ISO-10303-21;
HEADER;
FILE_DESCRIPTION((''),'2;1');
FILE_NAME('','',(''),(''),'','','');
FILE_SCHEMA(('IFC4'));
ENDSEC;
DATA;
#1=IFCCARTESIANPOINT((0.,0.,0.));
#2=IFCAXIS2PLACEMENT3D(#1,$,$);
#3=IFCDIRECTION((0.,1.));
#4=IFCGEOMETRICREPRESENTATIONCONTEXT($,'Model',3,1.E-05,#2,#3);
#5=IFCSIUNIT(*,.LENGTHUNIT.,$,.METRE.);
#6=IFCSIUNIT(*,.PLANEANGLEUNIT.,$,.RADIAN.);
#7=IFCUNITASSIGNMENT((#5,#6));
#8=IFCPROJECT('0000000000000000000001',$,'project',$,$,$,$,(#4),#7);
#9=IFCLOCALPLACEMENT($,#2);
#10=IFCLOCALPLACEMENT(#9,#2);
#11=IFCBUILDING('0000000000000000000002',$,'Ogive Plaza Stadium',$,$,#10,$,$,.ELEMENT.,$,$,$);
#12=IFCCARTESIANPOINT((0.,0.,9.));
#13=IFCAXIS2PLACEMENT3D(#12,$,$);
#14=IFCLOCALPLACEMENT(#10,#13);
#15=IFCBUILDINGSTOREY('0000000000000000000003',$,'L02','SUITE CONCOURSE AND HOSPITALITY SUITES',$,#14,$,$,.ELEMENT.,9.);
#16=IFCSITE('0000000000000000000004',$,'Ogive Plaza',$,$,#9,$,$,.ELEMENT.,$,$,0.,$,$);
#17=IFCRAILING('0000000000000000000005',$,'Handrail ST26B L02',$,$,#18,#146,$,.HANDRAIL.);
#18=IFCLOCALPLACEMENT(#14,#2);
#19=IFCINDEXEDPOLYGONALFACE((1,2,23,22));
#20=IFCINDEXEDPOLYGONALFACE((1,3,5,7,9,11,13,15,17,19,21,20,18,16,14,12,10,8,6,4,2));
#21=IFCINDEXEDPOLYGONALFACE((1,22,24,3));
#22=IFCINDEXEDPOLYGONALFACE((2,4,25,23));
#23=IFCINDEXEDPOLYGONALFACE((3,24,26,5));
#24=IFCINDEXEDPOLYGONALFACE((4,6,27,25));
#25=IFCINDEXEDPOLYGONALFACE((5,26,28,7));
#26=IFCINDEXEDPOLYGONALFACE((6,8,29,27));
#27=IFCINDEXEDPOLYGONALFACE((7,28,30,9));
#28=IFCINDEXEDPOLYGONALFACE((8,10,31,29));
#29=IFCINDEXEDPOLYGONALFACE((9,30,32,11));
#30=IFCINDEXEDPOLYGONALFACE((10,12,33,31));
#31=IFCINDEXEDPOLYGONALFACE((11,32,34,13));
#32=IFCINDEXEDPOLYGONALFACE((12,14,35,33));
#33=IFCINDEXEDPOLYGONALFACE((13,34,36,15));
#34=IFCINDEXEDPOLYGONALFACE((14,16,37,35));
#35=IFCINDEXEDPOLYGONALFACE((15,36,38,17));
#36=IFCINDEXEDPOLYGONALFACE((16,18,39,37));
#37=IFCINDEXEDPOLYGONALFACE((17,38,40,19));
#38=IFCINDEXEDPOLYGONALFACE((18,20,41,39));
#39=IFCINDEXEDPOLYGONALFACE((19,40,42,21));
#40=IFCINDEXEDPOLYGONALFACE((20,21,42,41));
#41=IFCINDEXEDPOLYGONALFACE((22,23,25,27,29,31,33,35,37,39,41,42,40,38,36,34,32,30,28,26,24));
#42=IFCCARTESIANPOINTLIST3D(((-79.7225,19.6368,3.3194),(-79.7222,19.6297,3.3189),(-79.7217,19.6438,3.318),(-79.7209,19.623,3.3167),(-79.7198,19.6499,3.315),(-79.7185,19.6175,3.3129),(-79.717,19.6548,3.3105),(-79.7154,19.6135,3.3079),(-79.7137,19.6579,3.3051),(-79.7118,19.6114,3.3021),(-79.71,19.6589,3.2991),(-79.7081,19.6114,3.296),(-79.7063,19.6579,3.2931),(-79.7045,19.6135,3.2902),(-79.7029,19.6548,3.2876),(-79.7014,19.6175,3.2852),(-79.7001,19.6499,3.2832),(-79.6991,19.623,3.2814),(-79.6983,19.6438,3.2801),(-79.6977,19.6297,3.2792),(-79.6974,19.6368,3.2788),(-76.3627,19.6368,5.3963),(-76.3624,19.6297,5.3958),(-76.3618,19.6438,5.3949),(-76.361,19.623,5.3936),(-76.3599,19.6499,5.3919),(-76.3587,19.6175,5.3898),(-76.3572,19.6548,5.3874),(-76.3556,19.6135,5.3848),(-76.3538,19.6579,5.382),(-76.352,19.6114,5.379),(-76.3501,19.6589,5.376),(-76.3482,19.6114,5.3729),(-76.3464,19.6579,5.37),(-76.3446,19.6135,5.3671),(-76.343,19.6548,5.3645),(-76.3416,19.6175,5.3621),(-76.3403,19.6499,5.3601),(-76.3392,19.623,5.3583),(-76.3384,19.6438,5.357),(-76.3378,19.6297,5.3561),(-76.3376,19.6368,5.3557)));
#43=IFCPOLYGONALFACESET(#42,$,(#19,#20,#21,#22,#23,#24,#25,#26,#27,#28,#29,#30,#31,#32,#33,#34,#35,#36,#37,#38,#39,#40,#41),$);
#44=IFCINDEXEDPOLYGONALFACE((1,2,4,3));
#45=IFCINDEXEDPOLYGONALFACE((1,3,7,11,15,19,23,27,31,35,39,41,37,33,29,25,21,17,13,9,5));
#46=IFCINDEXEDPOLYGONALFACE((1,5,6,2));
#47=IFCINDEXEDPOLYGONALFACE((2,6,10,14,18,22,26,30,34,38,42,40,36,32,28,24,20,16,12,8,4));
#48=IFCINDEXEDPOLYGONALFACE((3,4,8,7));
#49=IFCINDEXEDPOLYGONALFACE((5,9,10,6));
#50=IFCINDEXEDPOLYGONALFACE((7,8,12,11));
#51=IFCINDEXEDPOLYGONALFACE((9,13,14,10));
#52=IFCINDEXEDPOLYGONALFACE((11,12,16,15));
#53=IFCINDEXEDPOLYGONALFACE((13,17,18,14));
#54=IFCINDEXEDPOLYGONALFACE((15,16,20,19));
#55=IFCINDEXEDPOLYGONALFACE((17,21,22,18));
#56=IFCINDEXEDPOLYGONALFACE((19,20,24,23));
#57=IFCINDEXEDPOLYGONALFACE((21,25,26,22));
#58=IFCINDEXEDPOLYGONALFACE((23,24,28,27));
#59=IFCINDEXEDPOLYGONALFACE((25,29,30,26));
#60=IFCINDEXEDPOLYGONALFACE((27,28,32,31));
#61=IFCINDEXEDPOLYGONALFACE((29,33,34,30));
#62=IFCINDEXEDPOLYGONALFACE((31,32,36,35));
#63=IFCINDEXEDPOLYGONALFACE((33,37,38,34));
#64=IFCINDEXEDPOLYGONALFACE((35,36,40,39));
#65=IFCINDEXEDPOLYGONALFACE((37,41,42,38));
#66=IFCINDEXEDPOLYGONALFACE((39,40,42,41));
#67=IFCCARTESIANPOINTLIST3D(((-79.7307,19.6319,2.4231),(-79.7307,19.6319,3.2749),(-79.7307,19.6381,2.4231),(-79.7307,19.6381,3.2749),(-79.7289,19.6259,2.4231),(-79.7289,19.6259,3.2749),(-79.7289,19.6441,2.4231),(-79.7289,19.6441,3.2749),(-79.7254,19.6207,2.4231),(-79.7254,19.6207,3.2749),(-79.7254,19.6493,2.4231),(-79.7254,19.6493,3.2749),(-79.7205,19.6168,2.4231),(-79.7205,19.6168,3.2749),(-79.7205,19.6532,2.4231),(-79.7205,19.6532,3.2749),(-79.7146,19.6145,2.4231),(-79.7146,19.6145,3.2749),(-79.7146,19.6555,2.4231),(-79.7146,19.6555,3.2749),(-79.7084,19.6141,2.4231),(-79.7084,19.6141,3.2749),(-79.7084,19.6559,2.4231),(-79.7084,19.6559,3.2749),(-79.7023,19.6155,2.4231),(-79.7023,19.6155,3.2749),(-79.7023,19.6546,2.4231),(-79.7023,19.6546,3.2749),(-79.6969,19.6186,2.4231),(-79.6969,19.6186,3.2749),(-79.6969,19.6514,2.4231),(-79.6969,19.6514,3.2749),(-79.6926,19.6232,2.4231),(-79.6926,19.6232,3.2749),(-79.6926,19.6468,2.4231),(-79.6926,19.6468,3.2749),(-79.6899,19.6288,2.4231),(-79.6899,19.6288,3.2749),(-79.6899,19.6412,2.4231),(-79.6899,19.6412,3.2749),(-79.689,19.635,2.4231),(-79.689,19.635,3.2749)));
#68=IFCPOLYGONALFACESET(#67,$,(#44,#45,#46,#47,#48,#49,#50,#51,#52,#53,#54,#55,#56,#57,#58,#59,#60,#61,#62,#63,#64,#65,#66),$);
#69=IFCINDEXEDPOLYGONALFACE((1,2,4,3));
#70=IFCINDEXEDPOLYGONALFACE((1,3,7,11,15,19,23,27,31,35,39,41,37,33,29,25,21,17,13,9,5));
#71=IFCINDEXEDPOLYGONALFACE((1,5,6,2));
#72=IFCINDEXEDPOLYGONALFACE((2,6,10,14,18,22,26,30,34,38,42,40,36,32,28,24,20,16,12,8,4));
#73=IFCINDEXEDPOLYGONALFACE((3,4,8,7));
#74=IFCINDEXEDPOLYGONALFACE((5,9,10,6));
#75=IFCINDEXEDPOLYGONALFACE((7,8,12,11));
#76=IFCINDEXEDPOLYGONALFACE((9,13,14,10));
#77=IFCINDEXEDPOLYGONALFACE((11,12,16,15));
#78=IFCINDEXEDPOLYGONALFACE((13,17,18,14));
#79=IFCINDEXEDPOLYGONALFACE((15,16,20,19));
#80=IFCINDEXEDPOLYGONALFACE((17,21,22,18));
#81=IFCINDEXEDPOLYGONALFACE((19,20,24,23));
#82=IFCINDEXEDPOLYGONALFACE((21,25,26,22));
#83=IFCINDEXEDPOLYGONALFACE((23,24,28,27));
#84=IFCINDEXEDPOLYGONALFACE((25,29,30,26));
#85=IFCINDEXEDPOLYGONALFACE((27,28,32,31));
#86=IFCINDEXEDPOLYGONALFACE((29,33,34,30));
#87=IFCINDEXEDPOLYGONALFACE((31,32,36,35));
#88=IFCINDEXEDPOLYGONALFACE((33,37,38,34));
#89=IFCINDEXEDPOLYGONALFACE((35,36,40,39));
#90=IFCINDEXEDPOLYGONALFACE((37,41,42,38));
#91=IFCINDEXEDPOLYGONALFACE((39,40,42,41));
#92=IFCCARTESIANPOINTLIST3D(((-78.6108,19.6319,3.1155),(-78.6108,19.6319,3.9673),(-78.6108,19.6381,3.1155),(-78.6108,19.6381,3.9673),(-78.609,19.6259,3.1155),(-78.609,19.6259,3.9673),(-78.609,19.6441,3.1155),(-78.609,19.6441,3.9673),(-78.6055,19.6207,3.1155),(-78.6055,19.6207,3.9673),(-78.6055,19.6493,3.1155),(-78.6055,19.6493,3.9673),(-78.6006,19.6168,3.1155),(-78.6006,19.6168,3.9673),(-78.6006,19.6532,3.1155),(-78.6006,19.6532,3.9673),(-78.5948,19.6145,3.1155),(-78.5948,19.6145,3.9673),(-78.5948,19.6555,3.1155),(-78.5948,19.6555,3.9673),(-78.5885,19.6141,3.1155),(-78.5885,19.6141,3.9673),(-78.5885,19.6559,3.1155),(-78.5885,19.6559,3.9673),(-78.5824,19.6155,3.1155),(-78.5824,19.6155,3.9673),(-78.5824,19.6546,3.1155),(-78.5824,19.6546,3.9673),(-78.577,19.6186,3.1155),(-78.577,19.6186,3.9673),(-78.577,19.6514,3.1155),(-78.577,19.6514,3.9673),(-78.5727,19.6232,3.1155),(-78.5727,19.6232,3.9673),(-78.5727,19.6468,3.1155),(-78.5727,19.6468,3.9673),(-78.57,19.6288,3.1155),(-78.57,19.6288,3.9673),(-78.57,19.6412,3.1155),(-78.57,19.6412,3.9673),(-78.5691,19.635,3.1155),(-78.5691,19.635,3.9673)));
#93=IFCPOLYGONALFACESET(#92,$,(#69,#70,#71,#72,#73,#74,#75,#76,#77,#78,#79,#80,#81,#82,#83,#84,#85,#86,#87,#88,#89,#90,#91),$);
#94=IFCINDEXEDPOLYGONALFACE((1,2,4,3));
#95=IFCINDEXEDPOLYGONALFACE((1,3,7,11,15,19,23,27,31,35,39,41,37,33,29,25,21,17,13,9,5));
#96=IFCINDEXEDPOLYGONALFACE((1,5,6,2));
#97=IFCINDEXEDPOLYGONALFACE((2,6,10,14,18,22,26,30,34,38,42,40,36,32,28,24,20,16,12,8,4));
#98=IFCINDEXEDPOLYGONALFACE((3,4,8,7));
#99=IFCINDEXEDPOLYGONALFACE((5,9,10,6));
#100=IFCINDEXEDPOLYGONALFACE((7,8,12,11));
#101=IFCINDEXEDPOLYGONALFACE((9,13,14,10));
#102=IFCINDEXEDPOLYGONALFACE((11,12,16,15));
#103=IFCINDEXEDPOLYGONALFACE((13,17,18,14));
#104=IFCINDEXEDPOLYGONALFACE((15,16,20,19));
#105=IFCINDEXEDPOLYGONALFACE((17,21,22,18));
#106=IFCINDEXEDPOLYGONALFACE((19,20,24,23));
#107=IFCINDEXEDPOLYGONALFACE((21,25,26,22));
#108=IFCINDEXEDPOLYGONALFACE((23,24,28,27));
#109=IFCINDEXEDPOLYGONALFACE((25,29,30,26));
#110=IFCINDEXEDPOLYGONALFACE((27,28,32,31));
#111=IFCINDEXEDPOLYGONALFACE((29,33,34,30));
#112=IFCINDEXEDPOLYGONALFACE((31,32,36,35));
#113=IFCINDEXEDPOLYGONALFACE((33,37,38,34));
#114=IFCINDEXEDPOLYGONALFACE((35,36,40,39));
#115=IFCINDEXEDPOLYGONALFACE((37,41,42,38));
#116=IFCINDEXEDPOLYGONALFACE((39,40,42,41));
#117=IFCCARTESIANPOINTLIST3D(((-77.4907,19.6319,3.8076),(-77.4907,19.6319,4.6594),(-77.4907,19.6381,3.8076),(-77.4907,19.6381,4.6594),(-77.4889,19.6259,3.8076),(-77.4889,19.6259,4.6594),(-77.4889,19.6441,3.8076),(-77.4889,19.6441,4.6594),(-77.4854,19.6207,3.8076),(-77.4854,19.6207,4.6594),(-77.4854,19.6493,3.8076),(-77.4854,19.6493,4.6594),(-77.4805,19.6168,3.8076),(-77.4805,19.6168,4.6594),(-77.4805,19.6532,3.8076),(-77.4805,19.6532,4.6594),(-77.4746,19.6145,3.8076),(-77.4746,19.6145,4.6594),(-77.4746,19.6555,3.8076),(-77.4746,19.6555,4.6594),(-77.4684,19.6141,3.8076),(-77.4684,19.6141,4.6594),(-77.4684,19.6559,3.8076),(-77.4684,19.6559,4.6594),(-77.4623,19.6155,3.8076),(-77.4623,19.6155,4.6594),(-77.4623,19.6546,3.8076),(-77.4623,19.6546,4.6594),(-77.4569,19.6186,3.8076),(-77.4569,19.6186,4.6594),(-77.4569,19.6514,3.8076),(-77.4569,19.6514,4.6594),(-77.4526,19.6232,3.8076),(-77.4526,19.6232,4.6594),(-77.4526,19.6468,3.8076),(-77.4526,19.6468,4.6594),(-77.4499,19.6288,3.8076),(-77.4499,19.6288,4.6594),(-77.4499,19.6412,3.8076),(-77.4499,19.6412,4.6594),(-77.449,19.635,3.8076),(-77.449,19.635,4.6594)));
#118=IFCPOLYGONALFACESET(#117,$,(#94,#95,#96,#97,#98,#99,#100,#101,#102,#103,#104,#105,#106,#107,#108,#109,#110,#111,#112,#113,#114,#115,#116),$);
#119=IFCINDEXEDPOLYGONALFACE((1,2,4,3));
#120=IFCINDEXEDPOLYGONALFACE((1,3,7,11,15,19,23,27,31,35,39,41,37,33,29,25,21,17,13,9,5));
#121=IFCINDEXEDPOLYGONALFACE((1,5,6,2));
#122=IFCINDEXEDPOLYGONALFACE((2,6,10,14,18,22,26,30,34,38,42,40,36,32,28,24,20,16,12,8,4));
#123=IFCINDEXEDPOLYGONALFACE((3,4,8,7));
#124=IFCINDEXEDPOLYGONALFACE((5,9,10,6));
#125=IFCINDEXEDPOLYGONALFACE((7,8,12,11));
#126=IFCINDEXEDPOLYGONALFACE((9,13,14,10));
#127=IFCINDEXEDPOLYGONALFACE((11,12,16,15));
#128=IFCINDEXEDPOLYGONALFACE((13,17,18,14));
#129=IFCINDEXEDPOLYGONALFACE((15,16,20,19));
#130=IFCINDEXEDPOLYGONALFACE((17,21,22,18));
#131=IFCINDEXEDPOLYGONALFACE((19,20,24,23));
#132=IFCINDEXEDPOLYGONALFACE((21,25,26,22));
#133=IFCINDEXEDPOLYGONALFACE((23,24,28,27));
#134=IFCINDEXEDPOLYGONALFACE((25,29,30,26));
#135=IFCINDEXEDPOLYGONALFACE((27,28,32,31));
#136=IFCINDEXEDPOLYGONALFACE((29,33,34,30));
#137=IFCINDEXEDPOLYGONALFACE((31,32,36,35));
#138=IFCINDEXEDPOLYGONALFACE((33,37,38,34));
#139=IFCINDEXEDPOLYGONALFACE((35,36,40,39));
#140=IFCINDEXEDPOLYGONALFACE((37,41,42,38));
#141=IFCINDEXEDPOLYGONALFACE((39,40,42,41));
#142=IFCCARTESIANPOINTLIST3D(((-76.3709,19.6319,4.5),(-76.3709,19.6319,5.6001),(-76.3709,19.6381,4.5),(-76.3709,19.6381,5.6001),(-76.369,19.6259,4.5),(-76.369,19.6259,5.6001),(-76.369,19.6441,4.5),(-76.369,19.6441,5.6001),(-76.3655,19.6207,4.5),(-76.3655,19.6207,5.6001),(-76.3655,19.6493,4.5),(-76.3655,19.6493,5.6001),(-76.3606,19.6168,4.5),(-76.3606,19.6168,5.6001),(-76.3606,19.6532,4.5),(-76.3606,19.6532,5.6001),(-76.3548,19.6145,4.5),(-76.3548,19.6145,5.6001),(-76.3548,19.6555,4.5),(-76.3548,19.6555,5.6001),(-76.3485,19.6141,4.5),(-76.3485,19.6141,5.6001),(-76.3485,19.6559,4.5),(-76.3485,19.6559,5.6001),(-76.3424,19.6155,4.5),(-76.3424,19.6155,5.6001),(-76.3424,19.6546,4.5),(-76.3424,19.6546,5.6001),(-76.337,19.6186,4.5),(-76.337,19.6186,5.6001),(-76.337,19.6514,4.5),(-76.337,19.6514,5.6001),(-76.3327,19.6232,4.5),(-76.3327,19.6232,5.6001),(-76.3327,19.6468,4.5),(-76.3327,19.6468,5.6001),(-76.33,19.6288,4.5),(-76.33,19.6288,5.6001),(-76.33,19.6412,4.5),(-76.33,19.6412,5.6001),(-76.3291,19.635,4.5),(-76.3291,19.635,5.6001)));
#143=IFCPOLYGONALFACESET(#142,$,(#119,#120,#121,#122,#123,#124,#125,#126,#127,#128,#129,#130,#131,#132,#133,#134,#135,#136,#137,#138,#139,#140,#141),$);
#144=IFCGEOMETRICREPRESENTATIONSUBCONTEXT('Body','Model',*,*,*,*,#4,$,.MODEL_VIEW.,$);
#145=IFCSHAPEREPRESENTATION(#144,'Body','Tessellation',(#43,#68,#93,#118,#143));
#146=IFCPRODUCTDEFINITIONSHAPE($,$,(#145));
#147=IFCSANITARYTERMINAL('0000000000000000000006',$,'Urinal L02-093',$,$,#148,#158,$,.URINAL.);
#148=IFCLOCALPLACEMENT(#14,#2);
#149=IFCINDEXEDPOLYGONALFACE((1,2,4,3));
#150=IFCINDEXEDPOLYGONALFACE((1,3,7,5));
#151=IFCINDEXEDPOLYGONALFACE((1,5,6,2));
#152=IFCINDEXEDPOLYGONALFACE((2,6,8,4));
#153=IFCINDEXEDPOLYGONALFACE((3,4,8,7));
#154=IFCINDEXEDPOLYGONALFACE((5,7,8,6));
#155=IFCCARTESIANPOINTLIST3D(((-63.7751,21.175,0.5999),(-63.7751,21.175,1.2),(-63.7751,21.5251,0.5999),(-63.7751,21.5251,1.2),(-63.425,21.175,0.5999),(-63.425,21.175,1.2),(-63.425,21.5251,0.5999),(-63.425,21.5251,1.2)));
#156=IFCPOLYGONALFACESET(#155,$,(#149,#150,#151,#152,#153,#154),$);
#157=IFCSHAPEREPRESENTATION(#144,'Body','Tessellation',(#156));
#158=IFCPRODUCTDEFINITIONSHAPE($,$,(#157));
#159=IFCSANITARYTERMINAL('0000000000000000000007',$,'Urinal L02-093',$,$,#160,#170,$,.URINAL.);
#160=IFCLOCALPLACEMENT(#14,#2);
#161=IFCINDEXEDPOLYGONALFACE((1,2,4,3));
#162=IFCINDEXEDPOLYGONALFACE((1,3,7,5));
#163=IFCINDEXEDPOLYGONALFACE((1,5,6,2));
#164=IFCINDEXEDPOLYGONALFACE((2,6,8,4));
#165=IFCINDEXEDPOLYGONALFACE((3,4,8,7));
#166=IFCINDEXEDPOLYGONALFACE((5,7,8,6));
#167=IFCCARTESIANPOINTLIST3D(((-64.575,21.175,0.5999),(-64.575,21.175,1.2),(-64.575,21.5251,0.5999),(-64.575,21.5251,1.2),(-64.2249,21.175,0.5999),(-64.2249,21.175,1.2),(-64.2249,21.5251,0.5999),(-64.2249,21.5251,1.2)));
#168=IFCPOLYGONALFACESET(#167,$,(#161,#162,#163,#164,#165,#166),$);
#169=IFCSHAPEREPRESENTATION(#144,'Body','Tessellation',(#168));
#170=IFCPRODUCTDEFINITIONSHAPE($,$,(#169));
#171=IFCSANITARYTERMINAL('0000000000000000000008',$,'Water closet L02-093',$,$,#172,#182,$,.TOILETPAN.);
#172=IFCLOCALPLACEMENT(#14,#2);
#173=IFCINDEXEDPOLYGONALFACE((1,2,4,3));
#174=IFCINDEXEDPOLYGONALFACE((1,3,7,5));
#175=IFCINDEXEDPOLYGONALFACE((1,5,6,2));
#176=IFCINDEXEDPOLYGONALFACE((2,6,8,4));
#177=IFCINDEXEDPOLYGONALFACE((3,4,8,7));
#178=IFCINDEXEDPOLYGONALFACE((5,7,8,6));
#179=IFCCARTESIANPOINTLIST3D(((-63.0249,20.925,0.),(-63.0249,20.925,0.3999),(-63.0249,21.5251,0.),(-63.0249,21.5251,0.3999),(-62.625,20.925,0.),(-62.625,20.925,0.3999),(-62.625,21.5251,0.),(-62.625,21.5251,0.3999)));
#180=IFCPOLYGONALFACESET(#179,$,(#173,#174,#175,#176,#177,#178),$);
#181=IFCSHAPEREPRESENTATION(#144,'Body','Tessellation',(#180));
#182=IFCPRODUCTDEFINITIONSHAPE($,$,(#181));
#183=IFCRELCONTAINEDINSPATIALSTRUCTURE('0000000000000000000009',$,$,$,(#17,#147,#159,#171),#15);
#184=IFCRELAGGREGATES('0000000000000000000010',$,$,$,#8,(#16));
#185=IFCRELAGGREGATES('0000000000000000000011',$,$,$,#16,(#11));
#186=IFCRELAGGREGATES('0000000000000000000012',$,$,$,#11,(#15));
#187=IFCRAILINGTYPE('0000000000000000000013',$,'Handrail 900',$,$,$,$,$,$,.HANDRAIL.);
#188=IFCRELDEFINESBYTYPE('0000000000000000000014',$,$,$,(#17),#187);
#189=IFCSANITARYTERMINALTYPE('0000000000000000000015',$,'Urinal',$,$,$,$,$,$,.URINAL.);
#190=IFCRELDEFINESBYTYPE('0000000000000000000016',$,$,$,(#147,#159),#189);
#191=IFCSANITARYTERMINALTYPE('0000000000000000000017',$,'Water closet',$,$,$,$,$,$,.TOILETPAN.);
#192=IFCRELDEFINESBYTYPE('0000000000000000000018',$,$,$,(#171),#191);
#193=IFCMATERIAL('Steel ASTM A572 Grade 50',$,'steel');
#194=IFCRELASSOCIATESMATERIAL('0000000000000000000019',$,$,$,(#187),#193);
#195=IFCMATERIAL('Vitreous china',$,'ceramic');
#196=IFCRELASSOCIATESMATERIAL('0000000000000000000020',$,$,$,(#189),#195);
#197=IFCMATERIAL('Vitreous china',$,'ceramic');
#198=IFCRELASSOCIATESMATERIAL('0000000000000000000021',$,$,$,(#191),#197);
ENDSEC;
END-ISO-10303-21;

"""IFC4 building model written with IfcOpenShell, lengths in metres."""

from ifc_helpers import new_model, si_unit, direction, frame, origin, origin_2d, place, context, subcontext, project, spatial, rectangle, circle, extrude, material, type_object, element, save


model = new_model("IFC4")

# Units and contexts
model_context = context("Model", 3, precision=1e-05, world=origin(), true_north=direction((0.0, 1.0)))
body_context = subcontext(model_context, "Body", "Model", "MODEL_VIEW")
ifc_project = project(units=[si_unit("LENGTHUNIT", "METRE"), si_unit("PLANEANGLEUNIT", "RADIAN")], contexts=[model_context])

# Site, building, storey
site_placement = place(None, origin())
site = spatial("IfcSite", under=ifc_project, at=site_placement, Name="Ogive Plaza", CompositionType="ELEMENT", RefElevation=0.0)
building_placement = place(site_placement, origin())
building = spatial("IfcBuilding", under=site, at=building_placement, Name="Ogive Plaza Stadium", CompositionType="ELEMENT")
storey_placement = place(building_placement, frame((0.0, 0.0, 9.0)))
storey = spatial("IfcBuildingStorey", under=building, at=storey_placement, Name="L02", Description="SUITE CONCOURSE AND HOSPITALITY SUITES", CompositionType="ELEMENT", Elevation=9.0)

# Railing
ifc_material_1 = material(Name="Steel ASTM A572 Grade 50", Category="steel")
railing_type_1 = type_object("IfcRailingType", Name="Handrail 900", PredefinedType="HANDRAIL", material=ifc_material_1)
for number, where, name in (
    (1, (-79.71, 19.635, 2.4231), "Handrail ST26B L02"),
):
    element("IfcRailing", number, at=place(storey_placement, frame(where)), inside=storey, type_object=railing_type_1, Name=name, PredefinedType="HANDRAIL", context=body_context, shape_type="SweptSolid", body=[
        extrude(circle(Radius=0.0239, at=origin_2d()), frame((0.0, 0.0, 0.876), z_axis=(0.850606, 0.0, 0.525803), x_axis=(0.0, 1.0, 0.0)), (0.0, 0.0, 1.0), 3.95),
        extrude(circle(Radius=0.021, at=origin_2d()), origin(), (0.0, 0.0, 1.0), 0.8518),
        extrude(circle(Radius=0.021, at=origin_2d()), frame((1.1199, 0.0, 0.6924)), (0.0, 0.0, 1.0), 0.8518),
        extrude(circle(Radius=0.021, at=origin_2d()), frame((2.24, 0.0, 1.3845)), (0.0, 0.0, 1.0), 0.8518),
        extrude(circle(Radius=0.021, at=origin_2d()), frame((3.3599, 0.0, 2.0769)), (0.0, 0.0, 1.0), 1.1001),
    ])

# Sanitary terminals
ifc_material_2 = material(Name="Vitreous china", Category="ceramic")
sanitary_terminal_type_1 = type_object("IfcSanitaryTerminalType", Name="Urinal", PredefinedType="URINAL", material=ifc_material_2)
for number, where, z_axis, x_axis, name in (
    (2, (-63.6001, 21.3501, 0.5999), (0.0, 0.0, 1.0), (-1.0, 0.0, 0.0), "Urinal L02-093"),
    (3, (-64.3999, 21.3501, 0.5999), (0.0, 0.0, 1.0), (-1.0, 0.0, 0.0), "Urinal L02-093"),
):
    element("IfcSanitaryTerminal", number, at=place(storey_placement, frame(where, z_axis=z_axis, x_axis=x_axis)), inside=storey, type_object=sanitary_terminal_type_1, Name=name, PredefinedType="URINAL", context=body_context, shape_type="SweptSolid", body=[
        extrude(rectangle(XDim=0.3501, YDim=0.3501, at=origin_2d()), origin(), (0.0, 0.0, 1.0), 0.6001),
    ])
ifc_material_3 = material(Name="Vitreous china", Category="ceramic")
sanitary_terminal_type_2 = type_object("IfcSanitaryTerminalType", Name="Water closet", PredefinedType="TOILETPAN", material=ifc_material_3)
sanitary_terminal_placement = place(storey_placement, frame((-62.825, 21.2251, 0.0), z_axis=(0.0, 0.0, 1.0), x_axis=(-1.0, 0.0, 0.0)))
element("IfcSanitaryTerminal", 4, at=sanitary_terminal_placement, inside=storey, type_object=sanitary_terminal_type_2, Name="Water closet L02-093", PredefinedType="TOILETPAN", context=body_context, shape_type="SweptSolid", body=[
    extrude(rectangle(XDim=0.3999, YDim=0.6001, at=origin_2d()), origin(), (0.0, 0.0, 1.0), 0.3999),
])

save(model, "model.ifc")
